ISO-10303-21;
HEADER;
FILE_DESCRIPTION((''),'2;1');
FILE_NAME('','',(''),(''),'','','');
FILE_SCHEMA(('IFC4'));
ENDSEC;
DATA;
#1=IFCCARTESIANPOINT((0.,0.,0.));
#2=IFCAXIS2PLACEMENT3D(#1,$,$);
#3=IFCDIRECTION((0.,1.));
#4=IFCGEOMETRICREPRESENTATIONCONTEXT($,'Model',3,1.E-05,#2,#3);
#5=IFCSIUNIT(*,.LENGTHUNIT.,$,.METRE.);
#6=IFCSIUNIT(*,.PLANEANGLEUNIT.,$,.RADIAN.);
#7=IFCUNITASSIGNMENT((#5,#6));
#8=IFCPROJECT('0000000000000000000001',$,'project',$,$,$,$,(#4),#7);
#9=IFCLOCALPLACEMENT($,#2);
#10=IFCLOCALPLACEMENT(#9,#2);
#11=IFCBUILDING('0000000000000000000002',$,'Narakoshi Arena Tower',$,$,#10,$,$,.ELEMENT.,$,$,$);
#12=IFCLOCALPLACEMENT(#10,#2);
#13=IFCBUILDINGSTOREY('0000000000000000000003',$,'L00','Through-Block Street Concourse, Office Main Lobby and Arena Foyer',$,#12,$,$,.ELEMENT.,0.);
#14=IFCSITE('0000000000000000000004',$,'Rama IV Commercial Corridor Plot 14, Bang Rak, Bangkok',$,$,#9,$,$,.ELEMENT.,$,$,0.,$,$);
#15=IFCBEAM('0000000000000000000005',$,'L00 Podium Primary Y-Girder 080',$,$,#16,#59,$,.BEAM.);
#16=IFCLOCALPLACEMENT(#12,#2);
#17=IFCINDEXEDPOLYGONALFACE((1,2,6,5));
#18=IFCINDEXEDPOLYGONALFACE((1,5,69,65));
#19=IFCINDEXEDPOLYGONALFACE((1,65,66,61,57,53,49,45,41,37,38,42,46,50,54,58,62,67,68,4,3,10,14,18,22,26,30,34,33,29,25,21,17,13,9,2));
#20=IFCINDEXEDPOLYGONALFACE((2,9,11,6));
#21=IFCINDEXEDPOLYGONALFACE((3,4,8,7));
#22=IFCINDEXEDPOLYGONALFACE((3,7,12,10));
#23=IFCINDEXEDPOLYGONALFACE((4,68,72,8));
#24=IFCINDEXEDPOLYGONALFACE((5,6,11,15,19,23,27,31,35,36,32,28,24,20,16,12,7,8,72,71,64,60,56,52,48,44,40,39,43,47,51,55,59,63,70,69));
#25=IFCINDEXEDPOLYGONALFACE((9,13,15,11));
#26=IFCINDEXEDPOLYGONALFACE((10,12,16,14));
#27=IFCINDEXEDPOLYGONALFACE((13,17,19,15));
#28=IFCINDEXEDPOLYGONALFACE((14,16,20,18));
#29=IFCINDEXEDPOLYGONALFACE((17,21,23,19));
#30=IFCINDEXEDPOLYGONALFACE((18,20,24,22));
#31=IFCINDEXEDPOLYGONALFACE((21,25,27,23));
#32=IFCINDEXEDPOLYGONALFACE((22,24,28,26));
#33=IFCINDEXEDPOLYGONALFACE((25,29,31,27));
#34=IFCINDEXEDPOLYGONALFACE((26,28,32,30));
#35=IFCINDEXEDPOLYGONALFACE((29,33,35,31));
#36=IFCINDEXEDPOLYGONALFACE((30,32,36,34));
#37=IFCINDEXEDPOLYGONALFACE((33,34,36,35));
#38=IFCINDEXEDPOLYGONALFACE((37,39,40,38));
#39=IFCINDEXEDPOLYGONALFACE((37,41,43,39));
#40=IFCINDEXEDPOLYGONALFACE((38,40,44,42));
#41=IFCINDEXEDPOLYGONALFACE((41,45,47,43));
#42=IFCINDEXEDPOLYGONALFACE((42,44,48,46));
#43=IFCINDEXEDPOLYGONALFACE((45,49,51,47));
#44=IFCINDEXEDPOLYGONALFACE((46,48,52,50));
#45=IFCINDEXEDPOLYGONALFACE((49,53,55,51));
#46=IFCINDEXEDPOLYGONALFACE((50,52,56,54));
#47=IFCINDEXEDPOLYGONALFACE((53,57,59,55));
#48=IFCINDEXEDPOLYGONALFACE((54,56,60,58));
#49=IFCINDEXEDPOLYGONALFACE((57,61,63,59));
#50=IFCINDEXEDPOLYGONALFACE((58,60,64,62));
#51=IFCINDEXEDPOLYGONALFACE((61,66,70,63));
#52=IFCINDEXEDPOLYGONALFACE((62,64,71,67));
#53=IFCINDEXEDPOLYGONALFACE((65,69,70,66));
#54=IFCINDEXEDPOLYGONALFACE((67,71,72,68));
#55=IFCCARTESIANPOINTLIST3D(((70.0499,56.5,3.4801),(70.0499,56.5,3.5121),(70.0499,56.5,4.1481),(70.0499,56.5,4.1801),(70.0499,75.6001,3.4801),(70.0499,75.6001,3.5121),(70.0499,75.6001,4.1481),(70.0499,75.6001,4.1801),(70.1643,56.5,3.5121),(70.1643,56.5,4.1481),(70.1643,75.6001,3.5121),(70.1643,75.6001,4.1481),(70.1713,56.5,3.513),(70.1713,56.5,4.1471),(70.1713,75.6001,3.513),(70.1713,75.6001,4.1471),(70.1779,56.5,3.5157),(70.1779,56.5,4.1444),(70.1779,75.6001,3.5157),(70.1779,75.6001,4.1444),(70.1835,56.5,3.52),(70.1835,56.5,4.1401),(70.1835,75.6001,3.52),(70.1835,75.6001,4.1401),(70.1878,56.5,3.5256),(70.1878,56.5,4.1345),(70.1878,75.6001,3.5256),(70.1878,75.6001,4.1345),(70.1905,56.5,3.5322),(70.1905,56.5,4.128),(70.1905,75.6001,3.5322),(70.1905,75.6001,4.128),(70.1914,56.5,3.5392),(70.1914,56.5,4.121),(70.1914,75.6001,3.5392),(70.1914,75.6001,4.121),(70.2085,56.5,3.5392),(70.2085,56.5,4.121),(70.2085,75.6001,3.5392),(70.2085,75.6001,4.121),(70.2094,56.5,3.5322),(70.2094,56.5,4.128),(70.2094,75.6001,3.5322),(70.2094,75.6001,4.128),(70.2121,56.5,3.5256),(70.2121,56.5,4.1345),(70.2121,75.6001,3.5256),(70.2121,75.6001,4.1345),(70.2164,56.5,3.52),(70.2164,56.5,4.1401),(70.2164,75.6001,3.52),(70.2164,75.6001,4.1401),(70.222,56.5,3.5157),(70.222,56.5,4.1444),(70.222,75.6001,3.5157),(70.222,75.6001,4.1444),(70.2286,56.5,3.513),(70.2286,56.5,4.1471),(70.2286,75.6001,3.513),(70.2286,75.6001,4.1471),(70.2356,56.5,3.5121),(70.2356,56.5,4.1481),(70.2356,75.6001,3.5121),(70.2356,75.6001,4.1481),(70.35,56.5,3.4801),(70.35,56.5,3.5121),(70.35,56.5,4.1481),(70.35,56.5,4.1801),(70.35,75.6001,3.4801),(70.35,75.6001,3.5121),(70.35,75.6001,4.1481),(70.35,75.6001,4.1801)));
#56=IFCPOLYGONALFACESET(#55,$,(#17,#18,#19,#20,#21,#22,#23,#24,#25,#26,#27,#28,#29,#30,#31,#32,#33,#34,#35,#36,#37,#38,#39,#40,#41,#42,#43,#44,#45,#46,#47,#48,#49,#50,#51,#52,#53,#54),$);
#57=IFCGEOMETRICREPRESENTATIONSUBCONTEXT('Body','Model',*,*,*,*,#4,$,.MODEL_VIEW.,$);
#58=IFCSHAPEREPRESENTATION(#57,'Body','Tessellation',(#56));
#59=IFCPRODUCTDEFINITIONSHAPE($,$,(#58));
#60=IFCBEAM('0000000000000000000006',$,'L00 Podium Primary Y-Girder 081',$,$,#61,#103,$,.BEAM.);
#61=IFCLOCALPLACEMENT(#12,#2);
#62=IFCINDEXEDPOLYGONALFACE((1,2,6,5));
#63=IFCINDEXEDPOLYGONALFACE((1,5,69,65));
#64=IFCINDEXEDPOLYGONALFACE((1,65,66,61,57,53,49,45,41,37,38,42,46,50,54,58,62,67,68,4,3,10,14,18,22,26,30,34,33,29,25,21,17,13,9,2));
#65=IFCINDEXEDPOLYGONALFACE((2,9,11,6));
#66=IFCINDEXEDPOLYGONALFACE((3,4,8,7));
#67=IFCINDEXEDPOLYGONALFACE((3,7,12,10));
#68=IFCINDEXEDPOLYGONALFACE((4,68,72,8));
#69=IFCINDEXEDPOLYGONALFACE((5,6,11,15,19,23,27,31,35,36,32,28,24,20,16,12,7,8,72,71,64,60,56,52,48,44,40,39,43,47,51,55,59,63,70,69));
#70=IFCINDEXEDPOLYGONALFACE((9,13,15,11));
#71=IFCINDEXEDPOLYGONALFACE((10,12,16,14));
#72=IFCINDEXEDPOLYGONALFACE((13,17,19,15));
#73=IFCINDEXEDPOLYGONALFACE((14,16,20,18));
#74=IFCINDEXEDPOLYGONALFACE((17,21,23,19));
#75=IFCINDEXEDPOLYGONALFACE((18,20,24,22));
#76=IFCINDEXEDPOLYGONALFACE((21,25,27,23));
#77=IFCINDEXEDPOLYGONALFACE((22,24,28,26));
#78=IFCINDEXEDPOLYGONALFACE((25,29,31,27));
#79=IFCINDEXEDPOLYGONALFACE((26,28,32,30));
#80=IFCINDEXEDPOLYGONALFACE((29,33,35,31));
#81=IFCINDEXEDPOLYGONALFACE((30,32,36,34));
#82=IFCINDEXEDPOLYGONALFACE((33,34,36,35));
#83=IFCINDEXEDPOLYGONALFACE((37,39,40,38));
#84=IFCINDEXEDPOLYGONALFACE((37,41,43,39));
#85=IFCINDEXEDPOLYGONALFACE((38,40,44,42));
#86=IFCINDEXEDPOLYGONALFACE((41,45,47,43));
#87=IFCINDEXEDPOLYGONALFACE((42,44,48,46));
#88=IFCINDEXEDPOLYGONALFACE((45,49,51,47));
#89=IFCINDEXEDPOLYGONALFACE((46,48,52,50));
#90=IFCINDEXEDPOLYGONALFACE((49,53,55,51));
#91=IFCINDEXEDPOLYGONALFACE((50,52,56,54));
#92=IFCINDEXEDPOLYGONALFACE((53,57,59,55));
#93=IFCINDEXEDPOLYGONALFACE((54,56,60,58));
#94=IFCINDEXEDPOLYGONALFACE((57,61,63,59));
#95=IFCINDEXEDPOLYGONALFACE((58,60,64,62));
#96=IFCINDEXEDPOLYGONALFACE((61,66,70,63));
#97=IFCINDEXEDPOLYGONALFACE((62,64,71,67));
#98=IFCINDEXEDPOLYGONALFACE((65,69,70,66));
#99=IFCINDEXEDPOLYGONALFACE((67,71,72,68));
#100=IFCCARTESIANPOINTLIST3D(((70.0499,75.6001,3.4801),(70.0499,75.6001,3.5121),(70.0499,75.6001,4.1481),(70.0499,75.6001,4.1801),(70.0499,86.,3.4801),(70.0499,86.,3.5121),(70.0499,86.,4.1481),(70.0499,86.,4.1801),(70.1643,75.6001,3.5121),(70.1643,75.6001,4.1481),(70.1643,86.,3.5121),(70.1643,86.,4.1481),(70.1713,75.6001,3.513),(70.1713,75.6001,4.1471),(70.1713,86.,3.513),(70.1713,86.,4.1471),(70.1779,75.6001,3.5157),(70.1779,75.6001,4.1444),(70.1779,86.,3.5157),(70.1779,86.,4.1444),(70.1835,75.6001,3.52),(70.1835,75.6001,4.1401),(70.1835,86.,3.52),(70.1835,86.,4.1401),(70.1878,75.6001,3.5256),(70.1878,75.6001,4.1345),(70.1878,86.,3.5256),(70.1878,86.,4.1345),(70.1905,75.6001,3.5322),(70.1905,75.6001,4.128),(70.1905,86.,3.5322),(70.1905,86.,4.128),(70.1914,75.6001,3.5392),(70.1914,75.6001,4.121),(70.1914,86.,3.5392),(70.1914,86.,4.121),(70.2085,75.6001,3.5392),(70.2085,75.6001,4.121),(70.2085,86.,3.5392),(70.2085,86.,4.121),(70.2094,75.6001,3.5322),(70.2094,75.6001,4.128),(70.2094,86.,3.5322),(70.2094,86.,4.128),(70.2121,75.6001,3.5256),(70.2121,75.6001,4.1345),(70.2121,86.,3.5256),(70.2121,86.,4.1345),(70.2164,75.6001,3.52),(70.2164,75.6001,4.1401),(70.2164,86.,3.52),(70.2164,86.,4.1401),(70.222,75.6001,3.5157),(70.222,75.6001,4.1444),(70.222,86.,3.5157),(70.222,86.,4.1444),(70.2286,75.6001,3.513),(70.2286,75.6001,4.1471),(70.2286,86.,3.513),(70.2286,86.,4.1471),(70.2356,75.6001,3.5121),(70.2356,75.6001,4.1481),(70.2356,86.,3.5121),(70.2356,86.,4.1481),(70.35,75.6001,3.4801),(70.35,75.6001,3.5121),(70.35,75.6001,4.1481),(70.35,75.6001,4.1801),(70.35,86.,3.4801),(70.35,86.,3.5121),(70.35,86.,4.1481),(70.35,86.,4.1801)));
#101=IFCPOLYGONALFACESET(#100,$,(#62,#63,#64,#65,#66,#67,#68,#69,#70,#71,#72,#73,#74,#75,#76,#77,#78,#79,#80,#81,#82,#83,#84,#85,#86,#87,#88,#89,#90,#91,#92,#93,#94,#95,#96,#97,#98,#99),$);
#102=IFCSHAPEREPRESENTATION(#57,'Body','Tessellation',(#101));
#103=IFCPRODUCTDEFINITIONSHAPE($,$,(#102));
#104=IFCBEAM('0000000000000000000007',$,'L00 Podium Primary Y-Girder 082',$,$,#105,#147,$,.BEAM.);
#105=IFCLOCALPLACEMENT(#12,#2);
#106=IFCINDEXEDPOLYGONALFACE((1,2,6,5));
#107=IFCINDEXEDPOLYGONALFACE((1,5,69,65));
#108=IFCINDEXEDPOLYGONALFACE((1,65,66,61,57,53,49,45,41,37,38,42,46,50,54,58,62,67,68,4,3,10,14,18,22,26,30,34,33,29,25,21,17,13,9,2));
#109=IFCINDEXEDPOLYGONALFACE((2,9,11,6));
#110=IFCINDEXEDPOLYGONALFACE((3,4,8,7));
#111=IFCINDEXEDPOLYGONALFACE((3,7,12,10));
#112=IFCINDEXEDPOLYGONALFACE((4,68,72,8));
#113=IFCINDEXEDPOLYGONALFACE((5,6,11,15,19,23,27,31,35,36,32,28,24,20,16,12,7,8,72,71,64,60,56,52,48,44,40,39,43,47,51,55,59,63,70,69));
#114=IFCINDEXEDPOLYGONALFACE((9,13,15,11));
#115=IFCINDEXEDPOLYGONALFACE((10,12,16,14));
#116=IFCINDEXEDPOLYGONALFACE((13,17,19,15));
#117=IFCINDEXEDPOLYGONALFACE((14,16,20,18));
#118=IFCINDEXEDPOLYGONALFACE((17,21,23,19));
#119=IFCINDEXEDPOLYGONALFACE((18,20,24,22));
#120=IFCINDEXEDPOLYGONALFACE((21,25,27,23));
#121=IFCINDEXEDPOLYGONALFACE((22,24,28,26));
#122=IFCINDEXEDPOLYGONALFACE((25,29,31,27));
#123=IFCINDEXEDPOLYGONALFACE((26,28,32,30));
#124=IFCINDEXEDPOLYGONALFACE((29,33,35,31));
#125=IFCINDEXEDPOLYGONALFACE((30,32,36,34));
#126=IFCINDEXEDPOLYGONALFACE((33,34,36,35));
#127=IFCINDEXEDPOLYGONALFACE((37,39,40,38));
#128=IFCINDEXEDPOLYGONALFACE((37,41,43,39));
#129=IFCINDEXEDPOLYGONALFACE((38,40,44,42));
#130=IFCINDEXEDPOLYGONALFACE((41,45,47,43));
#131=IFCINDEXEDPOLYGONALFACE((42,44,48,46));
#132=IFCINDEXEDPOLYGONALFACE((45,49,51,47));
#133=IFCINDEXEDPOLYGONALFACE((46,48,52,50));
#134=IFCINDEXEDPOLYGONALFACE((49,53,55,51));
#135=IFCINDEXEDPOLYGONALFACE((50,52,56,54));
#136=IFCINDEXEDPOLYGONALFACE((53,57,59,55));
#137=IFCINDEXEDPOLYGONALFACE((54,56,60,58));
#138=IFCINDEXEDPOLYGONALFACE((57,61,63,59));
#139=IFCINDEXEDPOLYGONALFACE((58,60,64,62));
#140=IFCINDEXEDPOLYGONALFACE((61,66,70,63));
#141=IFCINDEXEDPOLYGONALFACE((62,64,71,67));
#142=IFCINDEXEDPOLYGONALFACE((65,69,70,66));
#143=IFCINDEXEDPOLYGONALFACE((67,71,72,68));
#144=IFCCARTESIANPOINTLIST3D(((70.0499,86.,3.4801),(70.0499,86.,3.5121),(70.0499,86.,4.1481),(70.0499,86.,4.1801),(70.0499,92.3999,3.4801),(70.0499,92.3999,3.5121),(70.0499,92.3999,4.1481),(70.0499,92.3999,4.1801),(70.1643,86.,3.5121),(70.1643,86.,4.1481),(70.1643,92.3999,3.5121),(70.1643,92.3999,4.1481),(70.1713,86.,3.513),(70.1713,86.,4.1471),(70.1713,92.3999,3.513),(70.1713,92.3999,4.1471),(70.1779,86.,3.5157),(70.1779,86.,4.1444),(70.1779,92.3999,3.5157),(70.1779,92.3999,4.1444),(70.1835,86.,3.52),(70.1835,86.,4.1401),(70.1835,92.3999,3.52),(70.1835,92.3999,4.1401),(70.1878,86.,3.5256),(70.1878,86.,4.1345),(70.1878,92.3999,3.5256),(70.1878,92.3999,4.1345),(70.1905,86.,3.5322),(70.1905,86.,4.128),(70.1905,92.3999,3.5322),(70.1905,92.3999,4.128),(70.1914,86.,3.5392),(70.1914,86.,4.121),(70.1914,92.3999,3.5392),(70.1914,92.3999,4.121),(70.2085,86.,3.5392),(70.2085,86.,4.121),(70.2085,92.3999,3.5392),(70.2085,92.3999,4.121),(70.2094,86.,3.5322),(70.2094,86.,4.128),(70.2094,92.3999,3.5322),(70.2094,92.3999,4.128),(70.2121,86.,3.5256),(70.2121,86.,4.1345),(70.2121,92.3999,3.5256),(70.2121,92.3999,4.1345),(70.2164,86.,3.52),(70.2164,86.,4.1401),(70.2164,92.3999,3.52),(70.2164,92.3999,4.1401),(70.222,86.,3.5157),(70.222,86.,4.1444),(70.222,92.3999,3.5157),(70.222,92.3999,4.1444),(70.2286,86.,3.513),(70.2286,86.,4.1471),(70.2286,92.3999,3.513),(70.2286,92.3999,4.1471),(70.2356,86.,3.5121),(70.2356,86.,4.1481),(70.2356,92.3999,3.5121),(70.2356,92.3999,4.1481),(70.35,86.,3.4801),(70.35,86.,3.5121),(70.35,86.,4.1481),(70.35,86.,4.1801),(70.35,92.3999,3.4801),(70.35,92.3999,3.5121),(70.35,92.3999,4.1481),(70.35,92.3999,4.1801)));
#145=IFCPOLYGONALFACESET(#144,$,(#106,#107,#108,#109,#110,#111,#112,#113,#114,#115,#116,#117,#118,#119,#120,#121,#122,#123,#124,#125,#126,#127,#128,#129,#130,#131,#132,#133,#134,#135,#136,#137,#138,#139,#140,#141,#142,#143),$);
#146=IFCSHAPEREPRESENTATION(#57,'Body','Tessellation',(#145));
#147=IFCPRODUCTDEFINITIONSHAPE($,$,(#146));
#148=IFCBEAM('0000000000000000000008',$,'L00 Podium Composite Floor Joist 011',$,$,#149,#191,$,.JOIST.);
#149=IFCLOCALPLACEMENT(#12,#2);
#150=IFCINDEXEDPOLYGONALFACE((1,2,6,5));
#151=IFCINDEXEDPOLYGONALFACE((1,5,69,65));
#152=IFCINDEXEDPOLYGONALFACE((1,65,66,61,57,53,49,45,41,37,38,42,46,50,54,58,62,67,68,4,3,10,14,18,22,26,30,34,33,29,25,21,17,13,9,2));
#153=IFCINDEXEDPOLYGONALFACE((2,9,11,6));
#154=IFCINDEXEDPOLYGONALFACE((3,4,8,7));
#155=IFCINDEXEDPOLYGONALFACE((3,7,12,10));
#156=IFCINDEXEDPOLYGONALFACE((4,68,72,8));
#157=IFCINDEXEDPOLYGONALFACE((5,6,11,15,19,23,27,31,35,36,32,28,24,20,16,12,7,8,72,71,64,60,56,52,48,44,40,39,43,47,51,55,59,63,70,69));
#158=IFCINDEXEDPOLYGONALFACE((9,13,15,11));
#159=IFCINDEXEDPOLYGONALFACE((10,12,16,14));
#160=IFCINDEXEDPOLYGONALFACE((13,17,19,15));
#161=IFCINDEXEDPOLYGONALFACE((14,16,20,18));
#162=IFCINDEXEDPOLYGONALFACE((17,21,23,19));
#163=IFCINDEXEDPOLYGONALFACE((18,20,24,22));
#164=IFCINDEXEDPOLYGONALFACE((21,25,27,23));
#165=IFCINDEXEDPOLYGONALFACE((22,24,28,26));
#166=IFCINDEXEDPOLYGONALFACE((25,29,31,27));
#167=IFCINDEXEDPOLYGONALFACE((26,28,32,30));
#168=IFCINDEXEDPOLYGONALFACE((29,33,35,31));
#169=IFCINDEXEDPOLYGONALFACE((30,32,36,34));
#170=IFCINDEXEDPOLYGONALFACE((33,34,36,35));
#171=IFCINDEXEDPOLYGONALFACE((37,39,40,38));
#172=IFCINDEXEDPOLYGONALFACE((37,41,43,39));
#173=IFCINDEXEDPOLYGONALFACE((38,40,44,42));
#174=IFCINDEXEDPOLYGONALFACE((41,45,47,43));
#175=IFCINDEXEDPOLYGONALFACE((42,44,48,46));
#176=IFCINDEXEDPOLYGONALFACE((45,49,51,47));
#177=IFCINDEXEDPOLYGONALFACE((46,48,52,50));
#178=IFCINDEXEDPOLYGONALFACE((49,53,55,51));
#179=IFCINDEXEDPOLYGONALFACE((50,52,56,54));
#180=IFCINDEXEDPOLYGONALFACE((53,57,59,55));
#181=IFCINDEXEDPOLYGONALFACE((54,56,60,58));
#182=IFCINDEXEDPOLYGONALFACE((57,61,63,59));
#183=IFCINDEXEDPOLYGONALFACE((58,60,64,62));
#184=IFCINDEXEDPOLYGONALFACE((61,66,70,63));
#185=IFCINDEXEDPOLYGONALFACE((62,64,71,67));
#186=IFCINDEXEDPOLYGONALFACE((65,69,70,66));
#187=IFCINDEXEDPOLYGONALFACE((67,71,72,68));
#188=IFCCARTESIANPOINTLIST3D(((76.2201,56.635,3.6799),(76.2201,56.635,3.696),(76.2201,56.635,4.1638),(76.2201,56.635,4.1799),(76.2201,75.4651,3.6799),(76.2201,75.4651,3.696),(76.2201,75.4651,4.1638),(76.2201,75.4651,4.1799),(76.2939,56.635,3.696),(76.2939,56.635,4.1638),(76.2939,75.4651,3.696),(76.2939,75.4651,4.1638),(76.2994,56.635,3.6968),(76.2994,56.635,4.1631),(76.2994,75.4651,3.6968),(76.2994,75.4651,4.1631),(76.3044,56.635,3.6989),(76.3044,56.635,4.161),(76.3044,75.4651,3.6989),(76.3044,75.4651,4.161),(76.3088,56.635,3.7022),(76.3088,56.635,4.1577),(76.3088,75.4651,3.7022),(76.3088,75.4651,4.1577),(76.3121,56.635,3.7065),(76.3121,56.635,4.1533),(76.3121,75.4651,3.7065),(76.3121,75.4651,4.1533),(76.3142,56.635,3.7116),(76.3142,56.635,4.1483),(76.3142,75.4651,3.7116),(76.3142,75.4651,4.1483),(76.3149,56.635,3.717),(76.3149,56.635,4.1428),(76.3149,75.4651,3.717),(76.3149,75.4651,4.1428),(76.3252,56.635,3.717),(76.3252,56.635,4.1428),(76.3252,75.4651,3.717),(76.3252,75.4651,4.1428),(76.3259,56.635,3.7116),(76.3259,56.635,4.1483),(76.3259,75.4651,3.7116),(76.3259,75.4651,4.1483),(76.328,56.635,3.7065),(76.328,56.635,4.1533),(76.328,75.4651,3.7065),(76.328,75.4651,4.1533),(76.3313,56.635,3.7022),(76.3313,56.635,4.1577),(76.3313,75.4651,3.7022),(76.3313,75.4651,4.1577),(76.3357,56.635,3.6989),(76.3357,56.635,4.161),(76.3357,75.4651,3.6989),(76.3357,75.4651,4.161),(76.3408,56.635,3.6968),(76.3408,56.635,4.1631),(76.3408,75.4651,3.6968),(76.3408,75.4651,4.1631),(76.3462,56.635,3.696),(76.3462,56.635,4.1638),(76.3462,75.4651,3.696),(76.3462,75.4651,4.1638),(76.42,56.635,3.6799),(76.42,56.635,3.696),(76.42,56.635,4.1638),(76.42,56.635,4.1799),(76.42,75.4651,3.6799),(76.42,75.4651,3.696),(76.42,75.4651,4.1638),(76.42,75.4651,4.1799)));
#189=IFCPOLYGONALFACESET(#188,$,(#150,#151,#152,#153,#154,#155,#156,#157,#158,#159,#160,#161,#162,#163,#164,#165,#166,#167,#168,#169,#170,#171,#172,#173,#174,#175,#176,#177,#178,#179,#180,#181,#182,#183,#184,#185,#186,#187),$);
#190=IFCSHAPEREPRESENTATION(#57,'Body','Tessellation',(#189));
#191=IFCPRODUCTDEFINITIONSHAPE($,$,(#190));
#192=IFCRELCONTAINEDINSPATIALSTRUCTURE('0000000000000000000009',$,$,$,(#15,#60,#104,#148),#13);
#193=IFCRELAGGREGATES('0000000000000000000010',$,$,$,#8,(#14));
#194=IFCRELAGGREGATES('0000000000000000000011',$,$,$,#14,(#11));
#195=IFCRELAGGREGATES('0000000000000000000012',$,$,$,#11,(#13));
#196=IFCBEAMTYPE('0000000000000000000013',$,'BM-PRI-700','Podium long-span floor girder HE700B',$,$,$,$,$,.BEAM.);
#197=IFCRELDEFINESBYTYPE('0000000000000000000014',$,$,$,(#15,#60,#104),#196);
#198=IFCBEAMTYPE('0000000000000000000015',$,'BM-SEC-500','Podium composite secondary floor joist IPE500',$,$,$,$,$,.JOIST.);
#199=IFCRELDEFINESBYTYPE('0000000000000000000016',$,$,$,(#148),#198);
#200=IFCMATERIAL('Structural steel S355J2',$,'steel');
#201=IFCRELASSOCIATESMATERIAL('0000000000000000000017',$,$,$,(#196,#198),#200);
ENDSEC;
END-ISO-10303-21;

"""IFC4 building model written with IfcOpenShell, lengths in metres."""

from ifc_helpers import new_model, si_unit, direction, frame, origin, origin_2d, place, context, subcontext, project, spatial, i_section, extrude, material, material_profile, profile_set, type_object, element, save


model = new_model("IFC4")

# Units and contexts
model_context = context("Model", 3, precision=1e-05, world=origin(), true_north=direction((0.0, 1.0)))
body_context = subcontext(model_context, "Body", "Model", "MODEL_VIEW")
ifc_project = project(units=[si_unit("LENGTHUNIT", "METRE"), si_unit("PLANEANGLEUNIT", "RADIAN")], contexts=[model_context])

# Site, building, storey
site_placement = place(None, origin())
site = spatial("IfcSite", under=ifc_project, at=site_placement, Name="Rama IV Commercial Corridor Plot 14, Bang Rak, Bangkok", CompositionType="ELEMENT", RefElevation=0.0)
building_placement = place(site_placement, origin())
building = spatial("IfcBuilding", under=site, at=building_placement, Name="Narakoshi Arena Tower", CompositionType="ELEMENT")
storey_placement = place(building_placement, origin())
storey = spatial("IfcBuildingStorey", under=building, at=storey_placement, Name="L00", Description="Through-Block Street Concourse, Office Main Lobby and Arena Foyer", CompositionType="ELEMENT", Elevation=0.0)

# Beams
ifc_material_1 = material(Name="Structural steel S355J2", Category="steel")
ifc_material_profile_1 = material_profile(ifc_material_1, i_section(OverallWidth=0.3, OverallDepth=0.7, WebThickness=0.0171, FlangeThickness=0.032, FilletRadius=0.0271, at=origin_2d()), Name="HE700B")
ifc_profile_set_1 = profile_set([ifc_material_profile_1], Name="Structural steel S355J2")
beam_type_1 = type_object("IfcBeamType", Name="BM-PRI-700", Description="Podium long-span floor girder HE700B", PredefinedType="BEAM", material=ifc_profile_set_1)
beam_1_placement = place(storey_placement, frame((70.2, 56.5, 3.8301), z_axis=(0.0, 1.0, 0.0), x_axis=(-1.0, 0.0, 0.0)))
element("IfcBeam", 1, at=beam_1_placement, inside=storey, type_object=beam_type_1, Name="L00 Podium Primary Y-Girder 080", PredefinedType="BEAM", context=body_context, shape_type="SweptSolid", body=[
    extrude(i_section(OverallWidth=0.3, OverallDepth=0.7, WebThickness=0.0171, FlangeThickness=0.032, FilletRadius=0.0271, at=origin_2d()), origin(), (0.0, 0.0, 1.0), 19.1001),
])
beam_2_placement = place(storey_placement, frame((70.2, 75.6001, 3.8301), z_axis=(0.0, 1.0, 0.0), x_axis=(-1.0, 0.0, 0.0)))
element("IfcBeam", 2, at=beam_2_placement, inside=storey, type_object=beam_type_1, Name="L00 Podium Primary Y-Girder 081", PredefinedType="BEAM", context=body_context, shape_type="SweptSolid", body=[
    extrude(i_section(OverallWidth=0.3, OverallDepth=0.7, WebThickness=0.0171, FlangeThickness=0.032, FilletRadius=0.0271, at=origin_2d()), origin(), (0.0, 0.0, 1.0), 10.3999),
])
beam_3_placement = place(storey_placement, frame((70.2, 86.0, 3.8301), z_axis=(0.0, 1.0, 0.0), x_axis=(-1.0, 0.0, 0.0)))
element("IfcBeam", 3, at=beam_3_placement, inside=storey, type_object=beam_type_1, Name="L00 Podium Primary Y-Girder 082", PredefinedType="BEAM", context=body_context, shape_type="SweptSolid", body=[
    extrude(i_section(OverallWidth=0.3, OverallDepth=0.7, WebThickness=0.0171, FlangeThickness=0.032, FilletRadius=0.0271, at=origin_2d()), origin(), (0.0, 0.0, 1.0), 6.3999),
])
ifc_material_profile_2 = material_profile(ifc_material_1, i_section(OverallWidth=0.2, OverallDepth=0.5, WebThickness=0.0103, FlangeThickness=0.0161, FilletRadius=0.021, at=origin_2d()), Name="IPE500")
ifc_profile_set_2 = profile_set([ifc_material_profile_2], Name="Structural steel S355J2")
beam_type_2 = type_object("IfcBeamType", Name="BM-SEC-500", Description="Podium composite secondary floor joist IPE500", PredefinedType="JOIST", material=ifc_profile_set_2)
beam_4_placement = place(storey_placement, frame((76.3201, 56.635, 3.9299), z_axis=(0.0, 1.0, 0.0), x_axis=(-1.0, 0.0, 0.0)))
element("IfcBeam", 4, at=beam_4_placement, inside=storey, type_object=beam_type_2, Name="L00 Podium Composite Floor Joist 011", PredefinedType="JOIST", context=body_context, shape_type="SweptSolid", body=[
    extrude(i_section(OverallWidth=0.2, OverallDepth=0.5, WebThickness=0.0103, FlangeThickness=0.0161, FilletRadius=0.021, at=origin_2d()), origin(), (0.0, 0.0, 1.0), 18.8301),
])

save(model, "model.ifc")
